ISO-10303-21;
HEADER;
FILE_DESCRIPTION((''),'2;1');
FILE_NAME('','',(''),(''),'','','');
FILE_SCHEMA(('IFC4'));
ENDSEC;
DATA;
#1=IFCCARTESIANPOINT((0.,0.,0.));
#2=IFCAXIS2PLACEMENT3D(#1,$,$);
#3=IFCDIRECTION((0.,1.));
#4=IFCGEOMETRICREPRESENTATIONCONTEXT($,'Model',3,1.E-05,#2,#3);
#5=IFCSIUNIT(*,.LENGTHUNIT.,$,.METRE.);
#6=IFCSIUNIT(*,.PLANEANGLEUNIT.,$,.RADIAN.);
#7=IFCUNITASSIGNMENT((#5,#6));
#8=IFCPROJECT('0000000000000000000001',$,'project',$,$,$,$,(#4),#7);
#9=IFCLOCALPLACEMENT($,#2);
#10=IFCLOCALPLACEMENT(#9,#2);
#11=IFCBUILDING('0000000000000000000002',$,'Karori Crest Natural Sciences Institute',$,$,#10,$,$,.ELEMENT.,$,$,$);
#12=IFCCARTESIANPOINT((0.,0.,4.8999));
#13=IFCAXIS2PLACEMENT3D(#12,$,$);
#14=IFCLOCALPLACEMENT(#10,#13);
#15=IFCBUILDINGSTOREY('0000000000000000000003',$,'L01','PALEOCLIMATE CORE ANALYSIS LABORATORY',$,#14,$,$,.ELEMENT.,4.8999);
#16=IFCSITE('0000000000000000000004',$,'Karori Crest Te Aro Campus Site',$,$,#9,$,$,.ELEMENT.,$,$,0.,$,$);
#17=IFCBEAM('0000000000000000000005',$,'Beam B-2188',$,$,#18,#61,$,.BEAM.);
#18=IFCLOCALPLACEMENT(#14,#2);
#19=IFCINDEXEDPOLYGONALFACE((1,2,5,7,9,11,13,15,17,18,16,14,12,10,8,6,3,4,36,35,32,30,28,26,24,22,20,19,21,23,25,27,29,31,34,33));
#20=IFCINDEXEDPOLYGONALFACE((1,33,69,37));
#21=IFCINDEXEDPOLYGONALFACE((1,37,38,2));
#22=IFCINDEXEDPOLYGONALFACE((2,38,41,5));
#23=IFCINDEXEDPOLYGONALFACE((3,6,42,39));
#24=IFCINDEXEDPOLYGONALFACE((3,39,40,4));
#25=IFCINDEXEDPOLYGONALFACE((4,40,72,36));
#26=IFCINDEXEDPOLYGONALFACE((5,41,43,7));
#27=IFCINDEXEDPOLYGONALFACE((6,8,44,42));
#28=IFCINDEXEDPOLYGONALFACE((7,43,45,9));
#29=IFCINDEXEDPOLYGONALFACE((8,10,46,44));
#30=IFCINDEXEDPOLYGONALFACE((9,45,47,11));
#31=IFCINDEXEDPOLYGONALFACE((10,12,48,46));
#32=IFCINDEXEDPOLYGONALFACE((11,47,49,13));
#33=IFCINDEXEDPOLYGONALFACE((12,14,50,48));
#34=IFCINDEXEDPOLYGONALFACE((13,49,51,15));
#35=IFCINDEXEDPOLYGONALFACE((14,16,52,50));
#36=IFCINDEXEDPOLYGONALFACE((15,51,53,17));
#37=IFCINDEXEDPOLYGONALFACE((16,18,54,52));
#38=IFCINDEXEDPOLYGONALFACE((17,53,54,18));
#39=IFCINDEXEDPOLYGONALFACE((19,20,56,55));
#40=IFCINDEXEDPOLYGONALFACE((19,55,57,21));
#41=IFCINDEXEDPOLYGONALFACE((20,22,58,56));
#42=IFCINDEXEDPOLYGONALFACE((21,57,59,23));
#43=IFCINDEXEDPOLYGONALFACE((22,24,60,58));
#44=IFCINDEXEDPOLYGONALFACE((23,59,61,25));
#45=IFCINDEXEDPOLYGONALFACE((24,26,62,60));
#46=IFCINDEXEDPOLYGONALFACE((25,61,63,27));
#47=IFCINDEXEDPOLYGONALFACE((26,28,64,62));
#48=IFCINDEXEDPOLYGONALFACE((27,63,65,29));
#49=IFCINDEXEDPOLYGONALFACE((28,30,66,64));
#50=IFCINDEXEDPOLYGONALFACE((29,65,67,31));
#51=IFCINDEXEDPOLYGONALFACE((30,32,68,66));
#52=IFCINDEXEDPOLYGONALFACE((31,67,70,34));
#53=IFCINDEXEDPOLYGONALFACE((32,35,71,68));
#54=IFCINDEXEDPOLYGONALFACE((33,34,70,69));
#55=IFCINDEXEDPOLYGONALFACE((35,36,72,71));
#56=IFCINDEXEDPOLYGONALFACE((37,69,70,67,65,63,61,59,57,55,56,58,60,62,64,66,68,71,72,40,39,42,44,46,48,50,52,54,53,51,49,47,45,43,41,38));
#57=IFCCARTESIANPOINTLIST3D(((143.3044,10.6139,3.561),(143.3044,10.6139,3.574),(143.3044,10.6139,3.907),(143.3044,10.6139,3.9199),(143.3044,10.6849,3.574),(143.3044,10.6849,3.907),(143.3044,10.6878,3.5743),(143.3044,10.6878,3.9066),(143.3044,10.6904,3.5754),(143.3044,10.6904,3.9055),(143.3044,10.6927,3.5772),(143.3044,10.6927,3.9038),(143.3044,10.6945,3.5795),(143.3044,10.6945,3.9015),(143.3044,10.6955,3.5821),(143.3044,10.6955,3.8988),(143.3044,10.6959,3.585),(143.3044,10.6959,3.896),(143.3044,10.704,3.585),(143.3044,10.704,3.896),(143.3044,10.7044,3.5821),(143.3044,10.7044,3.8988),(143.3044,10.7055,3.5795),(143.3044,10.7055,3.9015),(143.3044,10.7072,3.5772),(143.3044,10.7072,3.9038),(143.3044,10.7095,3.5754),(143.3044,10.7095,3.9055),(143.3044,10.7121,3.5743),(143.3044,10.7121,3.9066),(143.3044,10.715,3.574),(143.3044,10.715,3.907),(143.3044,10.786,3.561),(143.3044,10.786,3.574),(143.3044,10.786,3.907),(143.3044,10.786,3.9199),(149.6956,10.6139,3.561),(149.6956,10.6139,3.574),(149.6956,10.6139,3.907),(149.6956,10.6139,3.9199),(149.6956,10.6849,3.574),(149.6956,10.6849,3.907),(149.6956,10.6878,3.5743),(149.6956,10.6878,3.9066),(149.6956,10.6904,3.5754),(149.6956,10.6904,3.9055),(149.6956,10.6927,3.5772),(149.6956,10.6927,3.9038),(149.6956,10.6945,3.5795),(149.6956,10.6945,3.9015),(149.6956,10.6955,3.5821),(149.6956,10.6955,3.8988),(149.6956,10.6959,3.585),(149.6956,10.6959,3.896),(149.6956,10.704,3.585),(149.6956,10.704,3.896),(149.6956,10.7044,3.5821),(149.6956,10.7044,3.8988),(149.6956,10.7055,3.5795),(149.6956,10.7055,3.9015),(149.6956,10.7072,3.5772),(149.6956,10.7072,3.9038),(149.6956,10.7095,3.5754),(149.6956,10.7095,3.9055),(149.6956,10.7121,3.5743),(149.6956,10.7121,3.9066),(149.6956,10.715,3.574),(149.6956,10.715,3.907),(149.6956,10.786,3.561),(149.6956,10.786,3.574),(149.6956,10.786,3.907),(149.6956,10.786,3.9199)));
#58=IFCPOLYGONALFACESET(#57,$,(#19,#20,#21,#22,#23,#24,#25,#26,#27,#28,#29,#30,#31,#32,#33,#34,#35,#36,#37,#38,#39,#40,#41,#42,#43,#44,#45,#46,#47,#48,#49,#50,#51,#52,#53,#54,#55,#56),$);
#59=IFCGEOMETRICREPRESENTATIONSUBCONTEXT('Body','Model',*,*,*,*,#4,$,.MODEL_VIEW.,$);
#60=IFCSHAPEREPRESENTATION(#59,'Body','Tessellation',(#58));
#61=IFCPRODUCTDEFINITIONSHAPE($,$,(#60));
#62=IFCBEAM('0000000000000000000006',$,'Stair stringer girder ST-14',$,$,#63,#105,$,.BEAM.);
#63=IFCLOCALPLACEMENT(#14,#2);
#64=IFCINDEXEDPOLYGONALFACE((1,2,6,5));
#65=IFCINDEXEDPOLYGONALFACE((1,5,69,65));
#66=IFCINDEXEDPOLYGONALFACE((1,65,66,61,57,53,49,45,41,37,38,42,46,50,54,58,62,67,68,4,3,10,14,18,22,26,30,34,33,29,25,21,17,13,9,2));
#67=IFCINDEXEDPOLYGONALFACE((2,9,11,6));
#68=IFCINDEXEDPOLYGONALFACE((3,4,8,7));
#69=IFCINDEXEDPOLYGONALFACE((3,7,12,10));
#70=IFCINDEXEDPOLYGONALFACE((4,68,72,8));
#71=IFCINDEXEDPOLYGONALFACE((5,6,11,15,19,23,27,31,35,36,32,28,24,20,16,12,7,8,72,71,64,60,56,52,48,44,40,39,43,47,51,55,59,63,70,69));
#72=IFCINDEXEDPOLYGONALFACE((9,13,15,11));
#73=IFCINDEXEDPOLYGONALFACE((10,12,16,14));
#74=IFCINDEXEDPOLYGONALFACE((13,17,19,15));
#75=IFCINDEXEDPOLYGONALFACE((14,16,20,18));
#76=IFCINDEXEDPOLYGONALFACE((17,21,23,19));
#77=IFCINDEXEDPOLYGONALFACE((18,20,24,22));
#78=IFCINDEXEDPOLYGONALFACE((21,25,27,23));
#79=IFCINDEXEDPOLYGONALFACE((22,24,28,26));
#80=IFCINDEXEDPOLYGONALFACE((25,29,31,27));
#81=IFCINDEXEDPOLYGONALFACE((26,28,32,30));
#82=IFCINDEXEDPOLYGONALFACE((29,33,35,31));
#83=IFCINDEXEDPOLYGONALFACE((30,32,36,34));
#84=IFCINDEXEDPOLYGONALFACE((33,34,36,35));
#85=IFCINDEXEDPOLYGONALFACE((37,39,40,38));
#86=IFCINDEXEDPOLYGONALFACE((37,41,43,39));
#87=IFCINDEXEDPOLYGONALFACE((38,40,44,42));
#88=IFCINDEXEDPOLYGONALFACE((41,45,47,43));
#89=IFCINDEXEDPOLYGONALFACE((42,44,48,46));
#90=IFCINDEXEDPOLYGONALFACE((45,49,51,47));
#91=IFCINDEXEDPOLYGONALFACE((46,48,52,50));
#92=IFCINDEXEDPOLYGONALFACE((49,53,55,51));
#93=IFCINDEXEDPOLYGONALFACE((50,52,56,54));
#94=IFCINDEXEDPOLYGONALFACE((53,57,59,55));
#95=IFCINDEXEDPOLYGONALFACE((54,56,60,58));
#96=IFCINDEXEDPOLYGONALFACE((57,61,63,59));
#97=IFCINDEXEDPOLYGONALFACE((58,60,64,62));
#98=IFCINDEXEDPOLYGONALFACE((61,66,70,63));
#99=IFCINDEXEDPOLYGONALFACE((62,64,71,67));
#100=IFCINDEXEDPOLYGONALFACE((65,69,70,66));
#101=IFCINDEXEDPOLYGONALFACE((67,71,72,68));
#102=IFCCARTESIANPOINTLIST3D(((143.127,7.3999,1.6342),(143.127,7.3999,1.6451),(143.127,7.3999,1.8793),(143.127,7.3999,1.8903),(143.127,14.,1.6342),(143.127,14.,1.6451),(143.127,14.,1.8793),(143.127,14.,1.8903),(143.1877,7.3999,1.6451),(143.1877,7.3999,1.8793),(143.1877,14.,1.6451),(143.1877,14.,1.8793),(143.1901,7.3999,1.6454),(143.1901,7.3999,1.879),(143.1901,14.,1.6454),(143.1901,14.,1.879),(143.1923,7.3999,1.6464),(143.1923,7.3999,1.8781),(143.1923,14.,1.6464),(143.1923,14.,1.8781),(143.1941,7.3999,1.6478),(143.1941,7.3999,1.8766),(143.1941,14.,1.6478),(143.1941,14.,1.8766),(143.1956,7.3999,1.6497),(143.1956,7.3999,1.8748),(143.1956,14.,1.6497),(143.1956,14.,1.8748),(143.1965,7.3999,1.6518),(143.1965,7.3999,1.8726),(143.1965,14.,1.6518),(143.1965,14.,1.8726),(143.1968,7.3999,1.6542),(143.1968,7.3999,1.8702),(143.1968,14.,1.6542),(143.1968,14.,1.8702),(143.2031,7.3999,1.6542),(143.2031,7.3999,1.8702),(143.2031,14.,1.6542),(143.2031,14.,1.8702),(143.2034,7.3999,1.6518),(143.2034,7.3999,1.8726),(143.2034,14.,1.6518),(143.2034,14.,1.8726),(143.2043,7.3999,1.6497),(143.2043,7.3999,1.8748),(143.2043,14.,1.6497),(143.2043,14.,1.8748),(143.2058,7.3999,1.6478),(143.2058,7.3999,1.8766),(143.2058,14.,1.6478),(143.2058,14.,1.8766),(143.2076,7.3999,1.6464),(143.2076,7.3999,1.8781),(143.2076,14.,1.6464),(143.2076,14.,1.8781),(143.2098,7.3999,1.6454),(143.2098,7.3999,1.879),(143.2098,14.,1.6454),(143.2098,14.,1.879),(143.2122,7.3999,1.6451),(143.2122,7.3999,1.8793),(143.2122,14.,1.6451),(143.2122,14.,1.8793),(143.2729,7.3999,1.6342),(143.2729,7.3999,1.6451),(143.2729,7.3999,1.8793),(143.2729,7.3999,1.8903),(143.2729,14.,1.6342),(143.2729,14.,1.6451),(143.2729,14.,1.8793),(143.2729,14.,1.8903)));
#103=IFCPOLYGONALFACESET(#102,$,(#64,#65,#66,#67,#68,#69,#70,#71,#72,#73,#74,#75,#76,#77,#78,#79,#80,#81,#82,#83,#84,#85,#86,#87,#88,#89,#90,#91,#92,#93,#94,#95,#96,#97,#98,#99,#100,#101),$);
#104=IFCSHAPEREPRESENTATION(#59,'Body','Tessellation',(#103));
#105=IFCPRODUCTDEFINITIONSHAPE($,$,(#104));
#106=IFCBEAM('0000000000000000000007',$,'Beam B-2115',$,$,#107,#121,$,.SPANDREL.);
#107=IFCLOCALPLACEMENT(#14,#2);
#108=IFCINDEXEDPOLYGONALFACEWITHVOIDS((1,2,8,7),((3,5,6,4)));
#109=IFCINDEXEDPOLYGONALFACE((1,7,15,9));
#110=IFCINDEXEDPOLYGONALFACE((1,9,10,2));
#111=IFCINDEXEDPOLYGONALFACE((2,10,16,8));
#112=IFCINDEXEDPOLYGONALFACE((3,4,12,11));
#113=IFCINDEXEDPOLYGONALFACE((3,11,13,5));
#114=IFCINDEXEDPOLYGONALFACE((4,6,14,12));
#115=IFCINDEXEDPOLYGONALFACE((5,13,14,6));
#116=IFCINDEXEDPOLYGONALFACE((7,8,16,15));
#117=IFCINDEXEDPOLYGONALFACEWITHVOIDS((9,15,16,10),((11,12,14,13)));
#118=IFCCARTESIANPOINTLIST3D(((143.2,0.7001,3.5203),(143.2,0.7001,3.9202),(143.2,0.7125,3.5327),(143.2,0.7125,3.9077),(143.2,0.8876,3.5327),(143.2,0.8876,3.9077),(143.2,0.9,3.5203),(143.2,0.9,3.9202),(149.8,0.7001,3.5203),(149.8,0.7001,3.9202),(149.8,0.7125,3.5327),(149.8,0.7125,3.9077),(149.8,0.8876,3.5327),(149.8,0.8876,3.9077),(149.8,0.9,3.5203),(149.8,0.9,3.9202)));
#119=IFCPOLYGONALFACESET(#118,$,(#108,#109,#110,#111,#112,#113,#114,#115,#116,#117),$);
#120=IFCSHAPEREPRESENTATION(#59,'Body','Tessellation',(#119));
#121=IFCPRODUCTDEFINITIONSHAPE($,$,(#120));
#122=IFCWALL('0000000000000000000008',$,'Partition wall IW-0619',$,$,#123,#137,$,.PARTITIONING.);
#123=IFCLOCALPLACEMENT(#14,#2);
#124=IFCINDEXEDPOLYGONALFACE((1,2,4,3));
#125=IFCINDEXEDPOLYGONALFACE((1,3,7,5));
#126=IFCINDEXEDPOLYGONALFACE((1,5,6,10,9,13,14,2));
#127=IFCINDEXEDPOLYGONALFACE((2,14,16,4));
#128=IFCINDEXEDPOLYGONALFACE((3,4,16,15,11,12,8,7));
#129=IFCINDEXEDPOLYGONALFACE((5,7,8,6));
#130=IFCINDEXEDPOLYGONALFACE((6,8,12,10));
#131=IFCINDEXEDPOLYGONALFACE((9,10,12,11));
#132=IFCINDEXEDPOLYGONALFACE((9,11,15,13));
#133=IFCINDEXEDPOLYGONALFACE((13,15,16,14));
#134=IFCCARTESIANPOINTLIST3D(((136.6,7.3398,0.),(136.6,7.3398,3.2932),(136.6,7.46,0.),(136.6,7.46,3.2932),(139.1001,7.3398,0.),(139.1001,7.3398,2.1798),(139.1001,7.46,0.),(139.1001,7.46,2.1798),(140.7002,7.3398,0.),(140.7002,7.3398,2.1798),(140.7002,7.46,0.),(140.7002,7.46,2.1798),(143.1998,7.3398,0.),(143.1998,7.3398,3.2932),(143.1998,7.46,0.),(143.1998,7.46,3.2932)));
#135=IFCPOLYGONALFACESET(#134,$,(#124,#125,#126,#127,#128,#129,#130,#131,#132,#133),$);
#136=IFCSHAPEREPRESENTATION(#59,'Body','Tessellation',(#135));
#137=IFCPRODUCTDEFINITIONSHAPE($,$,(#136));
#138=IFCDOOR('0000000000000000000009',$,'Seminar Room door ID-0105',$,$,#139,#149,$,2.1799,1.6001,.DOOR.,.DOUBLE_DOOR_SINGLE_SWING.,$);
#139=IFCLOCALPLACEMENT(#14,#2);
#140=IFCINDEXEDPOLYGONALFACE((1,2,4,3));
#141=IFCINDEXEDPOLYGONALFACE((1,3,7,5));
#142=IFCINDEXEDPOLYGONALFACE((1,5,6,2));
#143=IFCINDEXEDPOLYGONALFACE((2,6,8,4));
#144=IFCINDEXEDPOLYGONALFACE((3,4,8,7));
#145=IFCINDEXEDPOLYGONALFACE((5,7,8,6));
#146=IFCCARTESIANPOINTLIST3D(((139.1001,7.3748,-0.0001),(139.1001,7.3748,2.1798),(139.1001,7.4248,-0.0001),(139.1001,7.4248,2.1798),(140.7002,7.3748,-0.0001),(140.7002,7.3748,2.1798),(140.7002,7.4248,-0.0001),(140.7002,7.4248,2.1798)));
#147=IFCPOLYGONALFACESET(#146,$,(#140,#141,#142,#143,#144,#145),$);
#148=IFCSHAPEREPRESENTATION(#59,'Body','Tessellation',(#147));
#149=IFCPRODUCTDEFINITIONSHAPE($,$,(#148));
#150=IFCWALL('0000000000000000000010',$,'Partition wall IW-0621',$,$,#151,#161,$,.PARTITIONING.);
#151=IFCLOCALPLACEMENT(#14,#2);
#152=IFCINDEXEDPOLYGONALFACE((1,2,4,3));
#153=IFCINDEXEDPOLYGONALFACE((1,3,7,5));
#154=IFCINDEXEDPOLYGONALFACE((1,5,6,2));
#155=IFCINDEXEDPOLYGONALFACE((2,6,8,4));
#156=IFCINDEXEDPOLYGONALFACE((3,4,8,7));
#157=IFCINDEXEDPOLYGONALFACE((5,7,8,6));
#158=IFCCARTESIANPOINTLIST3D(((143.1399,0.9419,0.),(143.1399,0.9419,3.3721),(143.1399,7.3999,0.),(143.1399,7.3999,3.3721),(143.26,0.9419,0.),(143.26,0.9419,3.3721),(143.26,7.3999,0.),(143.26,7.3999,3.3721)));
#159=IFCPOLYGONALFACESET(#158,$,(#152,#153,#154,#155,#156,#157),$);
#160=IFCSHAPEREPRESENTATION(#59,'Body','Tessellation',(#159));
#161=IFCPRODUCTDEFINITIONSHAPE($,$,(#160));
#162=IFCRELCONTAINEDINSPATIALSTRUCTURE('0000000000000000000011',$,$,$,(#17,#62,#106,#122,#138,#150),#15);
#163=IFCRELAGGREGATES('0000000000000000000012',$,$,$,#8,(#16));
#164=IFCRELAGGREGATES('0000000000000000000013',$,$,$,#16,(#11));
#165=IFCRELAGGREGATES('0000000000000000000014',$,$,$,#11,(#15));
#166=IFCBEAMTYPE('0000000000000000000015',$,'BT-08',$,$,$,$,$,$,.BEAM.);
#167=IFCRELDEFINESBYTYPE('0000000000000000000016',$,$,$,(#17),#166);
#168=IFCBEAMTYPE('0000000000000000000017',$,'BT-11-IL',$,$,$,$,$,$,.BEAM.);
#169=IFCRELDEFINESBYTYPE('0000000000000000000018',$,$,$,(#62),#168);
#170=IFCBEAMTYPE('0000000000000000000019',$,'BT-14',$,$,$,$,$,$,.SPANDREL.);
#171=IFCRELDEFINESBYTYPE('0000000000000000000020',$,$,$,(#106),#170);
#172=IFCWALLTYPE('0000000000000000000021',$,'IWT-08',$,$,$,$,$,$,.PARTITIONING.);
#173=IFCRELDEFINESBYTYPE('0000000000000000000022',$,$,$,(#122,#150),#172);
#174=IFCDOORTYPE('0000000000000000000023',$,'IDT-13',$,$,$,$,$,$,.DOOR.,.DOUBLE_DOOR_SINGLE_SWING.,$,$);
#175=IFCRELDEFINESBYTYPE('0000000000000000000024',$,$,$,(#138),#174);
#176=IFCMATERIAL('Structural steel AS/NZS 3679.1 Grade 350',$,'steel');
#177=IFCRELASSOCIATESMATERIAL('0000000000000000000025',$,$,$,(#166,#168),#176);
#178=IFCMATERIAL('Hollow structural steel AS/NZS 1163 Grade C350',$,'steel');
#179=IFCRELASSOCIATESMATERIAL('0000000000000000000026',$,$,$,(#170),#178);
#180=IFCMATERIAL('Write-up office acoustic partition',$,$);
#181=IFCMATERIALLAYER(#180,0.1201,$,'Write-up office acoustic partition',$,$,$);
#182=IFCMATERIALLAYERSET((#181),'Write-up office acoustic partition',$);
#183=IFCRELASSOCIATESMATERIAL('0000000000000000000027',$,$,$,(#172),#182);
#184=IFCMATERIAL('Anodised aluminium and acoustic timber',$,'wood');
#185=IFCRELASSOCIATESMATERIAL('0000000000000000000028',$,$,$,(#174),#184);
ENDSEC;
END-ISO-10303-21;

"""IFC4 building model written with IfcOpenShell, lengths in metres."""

from ifc_helpers import new_model, si_unit, direction, frame, frame_2d, origin, origin_2d, place, context, subcontext, project, spatial, rectangle, hollow_rectangle, i_section, extrude, material, layer, layer_set, material_profile, profile_set, type_object, element, fill, save


model = new_model("IFC4")

# Units and contexts
model_context = context("Model", 3, precision=1e-05, world=origin(), true_north=direction((0.0, 1.0)))
body_context = subcontext(model_context, "Body", "Model", "MODEL_VIEW")
ifc_project = project(units=[si_unit("LENGTHUNIT", "METRE"), si_unit("PLANEANGLEUNIT", "RADIAN")], contexts=[model_context])

# Site, building, storey
site_placement = place(None, origin())
site = spatial("IfcSite", under=ifc_project, at=site_placement, Name="Karori Crest Te Aro Campus Site", CompositionType="ELEMENT", RefElevation=0.0)
building_placement = place(site_placement, origin())
building = spatial("IfcBuilding", under=site, at=building_placement, Name="Karori Crest Natural Sciences Institute", CompositionType="ELEMENT")
storey_placement = place(building_placement, frame((0.0, 0.0, 4.8999)))
storey = spatial("IfcBuildingStorey", under=building, at=storey_placement, Name="L01", Description="PALEOCLIMATE CORE ANALYSIS LABORATORY", CompositionType="ELEMENT", Elevation=4.8999)

# Shared definitions
ifc_material_1 = material(Name="Structural steel AS/NZS 3679.1 Grade 350", Category="steel")

# Beams
ifc_material_profile_1 = material_profile(ifc_material_1, i_section(OverallWidth=0.1721, OverallDepth=0.3589, WebThickness=0.0081, FlangeThickness=0.0129, FilletRadius=0.011, at=origin_2d()), Name="360UB56.7")
ifc_profile_set_1 = profile_set([ifc_material_profile_1], Name="Structural steel AS/NZS 3679.1 Grade 350")
beam_type_1 = type_object("IfcBeamType", Name="BT-08", PredefinedType="BEAM", material=ifc_profile_set_1)
for number, where, z_axis, x_axis, name in (
    (1, (143.3044, 10.7, 3.7405), (1.0, 0.0, 0.0), (0.0, 1.0, 0.0), "Beam B-2188"),
):
    element("IfcBeam", number, at=place(storey_placement, frame(where, z_axis=z_axis, x_axis=x_axis)), inside=storey, type_object=beam_type_1, Name=name, PredefinedType="BEAM", context=body_context, shape_type="SweptSolid", body=[
        extrude(i_section(OverallWidth=0.1721, OverallDepth=0.3589, WebThickness=0.0081, FlangeThickness=0.0129, FilletRadius=0.011, at=origin_2d()), origin(), (0.0, 0.0, 1.0), 6.3911),
    ])
ifc_material_profile_2 = material_profile(ifc_material_1, i_section(OverallWidth=0.146, OverallDepth=0.2561, WebThickness=0.0063, FlangeThickness=0.011, FilletRadius=0.009, at=origin_2d()), Name="250UB37.3")
ifc_profile_set_2 = profile_set([ifc_material_profile_2], Name="Structural steel AS/NZS 3679.1 Grade 350")
beam_type_2 = type_object("IfcBeamType", Name="BT-11-IL", PredefinedType="BEAM", material=ifc_profile_set_2)
beam_1_placement = place(storey_placement, frame((143.2, 7.3999, 1.7622), z_axis=(0.0, 1.0, 0.0), x_axis=(-1.0, 0.0, 0.0)))
element("IfcBeam", 2, at=beam_1_placement, inside=storey, type_object=beam_type_2, Name="Stair stringer girder ST-14", PredefinedType="BEAM", context=body_context, shape_type="SweptSolid", body=[
    extrude(i_section(OverallWidth=0.146, OverallDepth=0.2561, WebThickness=0.0063, FlangeThickness=0.011, FilletRadius=0.009, at=origin_2d()), origin(), (0.0, 0.0, 1.0), 6.6001),
])
ifc_material_2 = material(Name="Hollow structural steel AS/NZS 1163 Grade C350", Category="steel")
ifc_material_profile_3 = material_profile(ifc_material_2, hollow_rectangle(XDim=0.2, YDim=0.3999, WallThickness=0.0125, at=origin_2d()), Name="RHS400x200x12.5")
ifc_profile_set_3 = profile_set([ifc_material_profile_3], Name="Hollow structural steel AS/NZS 1163 Grade C350")
beam_type_3 = type_object("IfcBeamType", Name="BT-14", PredefinedType="SPANDREL", material=ifc_profile_set_3)
beam_2_placement = place(storey_placement, frame((143.2, 0.8, 3.7202), z_axis=(1.0, 0.0, 0.0), x_axis=(0.0, 1.0, 0.0)))
element("IfcBeam", 3, at=beam_2_placement, inside=storey, type_object=beam_type_3, Name="Beam B-2115", PredefinedType="SPANDREL", context=body_context, shape_type="SweptSolid", body=[
    extrude(hollow_rectangle(XDim=0.2, YDim=0.3999, WallThickness=0.0125, at=origin_2d()), origin(), (0.0, 0.0, 1.0), 6.6001),
])

# Wall, opening, door
ifc_material_3 = material(Name="Write-up office acoustic partition")
ifc_layer = layer(ifc_material_3, 0.1201, Name="Write-up office acoustic partition")
ifc_layer_set = layer_set([ifc_layer], Name="Write-up office acoustic partition")
wall_type = type_object("IfcWallType", Name="IWT-08", PredefinedType="PARTITIONING", material=ifc_layer_set)
wall_1_placement = place(storey_placement, frame((136.6001, 7.3999, 0.0), z_axis=(0.0, 0.0, 1.0), x_axis=(1.0, 0.0, 0.0)))
wall_1 = element("IfcWall", 4, at=wall_1_placement, inside=storey, type_object=wall_type, Name="Partition wall IW-0619", PredefinedType="PARTITIONING", context=body_context, shape_type="SweptSolid", body=[
    extrude(rectangle(XDim=6.5999, YDim=0.1201, at=frame_2d((3.2998, 0.0))), origin(), (0.0, 0.0, 1.0), 3.2932),
])
opening_1_placement = place(wall_1_placement, frame((2.5, 0.0, 0.0)))
opening_1 = element("IfcOpeningElement", 5, at=opening_1_placement, cuts=wall_1, PredefinedType="OPENING", context=body_context, shape_type="SweptSolid", body=[
    extrude(rectangle(XDim=1.6001, YDim=2.1799, at=frame_2d((0.8, 1.0898))), frame((0.0, 0.0701, 0.0), z_axis=(0.0, -1.0, 0.0), x_axis=(1.0, 0.0, 0.0)), (0.0, 0.0, 1.0), 0.1401),
])
ifc_material_4 = material(Name="Anodised aluminium and acoustic timber", Category="wood")
door_type_1 = type_object("IfcDoorType", Name="IDT-13", OperationType="DOUBLE_DOOR_SINGLE_SWING", PredefinedType="DOOR", material=ifc_material_4)
door_1_placement = place(opening_1_placement, origin())
door_1 = element("IfcDoor", 6, at=door_1_placement, inside=storey, type_object=door_type_1, Name="Seminar Room door ID-0105", OperationType="DOUBLE_DOOR_SINGLE_SWING", OverallHeight=2.1799, OverallWidth=1.6001, PredefinedType="DOOR", context=body_context, shape_type="SweptSolid", body=[
    extrude(rectangle(XDim=1.6001, YDim=2.1799, at=frame_2d((0.8, 1.0898))), frame((0.0, 0.0249, 0.0), z_axis=(0.0, -1.0, 0.0), x_axis=(1.0, 0.0, 0.0)), (0.0, 0.0, 1.0), 0.05),
])
fill(opening_1, door_1)

# Wall
wall_2_placement = place(storey_placement, frame((143.2, 0.9419, 0.0), z_axis=(0.0, 0.0, 1.0), x_axis=(0.0, 1.0, 0.0)))
element("IfcWall", 7, at=wall_2_placement, inside=storey, type_object=wall_type, Name="Partition wall IW-0621", PredefinedType="PARTITIONING", context=body_context, shape_type="SweptSolid", body=[
    extrude(rectangle(XDim=6.458, YDim=0.1201, at=frame_2d((3.229, 0.0))), origin(), (0.0, 0.0, 1.0), 3.3721),
])

save(model, "model.ifc")
